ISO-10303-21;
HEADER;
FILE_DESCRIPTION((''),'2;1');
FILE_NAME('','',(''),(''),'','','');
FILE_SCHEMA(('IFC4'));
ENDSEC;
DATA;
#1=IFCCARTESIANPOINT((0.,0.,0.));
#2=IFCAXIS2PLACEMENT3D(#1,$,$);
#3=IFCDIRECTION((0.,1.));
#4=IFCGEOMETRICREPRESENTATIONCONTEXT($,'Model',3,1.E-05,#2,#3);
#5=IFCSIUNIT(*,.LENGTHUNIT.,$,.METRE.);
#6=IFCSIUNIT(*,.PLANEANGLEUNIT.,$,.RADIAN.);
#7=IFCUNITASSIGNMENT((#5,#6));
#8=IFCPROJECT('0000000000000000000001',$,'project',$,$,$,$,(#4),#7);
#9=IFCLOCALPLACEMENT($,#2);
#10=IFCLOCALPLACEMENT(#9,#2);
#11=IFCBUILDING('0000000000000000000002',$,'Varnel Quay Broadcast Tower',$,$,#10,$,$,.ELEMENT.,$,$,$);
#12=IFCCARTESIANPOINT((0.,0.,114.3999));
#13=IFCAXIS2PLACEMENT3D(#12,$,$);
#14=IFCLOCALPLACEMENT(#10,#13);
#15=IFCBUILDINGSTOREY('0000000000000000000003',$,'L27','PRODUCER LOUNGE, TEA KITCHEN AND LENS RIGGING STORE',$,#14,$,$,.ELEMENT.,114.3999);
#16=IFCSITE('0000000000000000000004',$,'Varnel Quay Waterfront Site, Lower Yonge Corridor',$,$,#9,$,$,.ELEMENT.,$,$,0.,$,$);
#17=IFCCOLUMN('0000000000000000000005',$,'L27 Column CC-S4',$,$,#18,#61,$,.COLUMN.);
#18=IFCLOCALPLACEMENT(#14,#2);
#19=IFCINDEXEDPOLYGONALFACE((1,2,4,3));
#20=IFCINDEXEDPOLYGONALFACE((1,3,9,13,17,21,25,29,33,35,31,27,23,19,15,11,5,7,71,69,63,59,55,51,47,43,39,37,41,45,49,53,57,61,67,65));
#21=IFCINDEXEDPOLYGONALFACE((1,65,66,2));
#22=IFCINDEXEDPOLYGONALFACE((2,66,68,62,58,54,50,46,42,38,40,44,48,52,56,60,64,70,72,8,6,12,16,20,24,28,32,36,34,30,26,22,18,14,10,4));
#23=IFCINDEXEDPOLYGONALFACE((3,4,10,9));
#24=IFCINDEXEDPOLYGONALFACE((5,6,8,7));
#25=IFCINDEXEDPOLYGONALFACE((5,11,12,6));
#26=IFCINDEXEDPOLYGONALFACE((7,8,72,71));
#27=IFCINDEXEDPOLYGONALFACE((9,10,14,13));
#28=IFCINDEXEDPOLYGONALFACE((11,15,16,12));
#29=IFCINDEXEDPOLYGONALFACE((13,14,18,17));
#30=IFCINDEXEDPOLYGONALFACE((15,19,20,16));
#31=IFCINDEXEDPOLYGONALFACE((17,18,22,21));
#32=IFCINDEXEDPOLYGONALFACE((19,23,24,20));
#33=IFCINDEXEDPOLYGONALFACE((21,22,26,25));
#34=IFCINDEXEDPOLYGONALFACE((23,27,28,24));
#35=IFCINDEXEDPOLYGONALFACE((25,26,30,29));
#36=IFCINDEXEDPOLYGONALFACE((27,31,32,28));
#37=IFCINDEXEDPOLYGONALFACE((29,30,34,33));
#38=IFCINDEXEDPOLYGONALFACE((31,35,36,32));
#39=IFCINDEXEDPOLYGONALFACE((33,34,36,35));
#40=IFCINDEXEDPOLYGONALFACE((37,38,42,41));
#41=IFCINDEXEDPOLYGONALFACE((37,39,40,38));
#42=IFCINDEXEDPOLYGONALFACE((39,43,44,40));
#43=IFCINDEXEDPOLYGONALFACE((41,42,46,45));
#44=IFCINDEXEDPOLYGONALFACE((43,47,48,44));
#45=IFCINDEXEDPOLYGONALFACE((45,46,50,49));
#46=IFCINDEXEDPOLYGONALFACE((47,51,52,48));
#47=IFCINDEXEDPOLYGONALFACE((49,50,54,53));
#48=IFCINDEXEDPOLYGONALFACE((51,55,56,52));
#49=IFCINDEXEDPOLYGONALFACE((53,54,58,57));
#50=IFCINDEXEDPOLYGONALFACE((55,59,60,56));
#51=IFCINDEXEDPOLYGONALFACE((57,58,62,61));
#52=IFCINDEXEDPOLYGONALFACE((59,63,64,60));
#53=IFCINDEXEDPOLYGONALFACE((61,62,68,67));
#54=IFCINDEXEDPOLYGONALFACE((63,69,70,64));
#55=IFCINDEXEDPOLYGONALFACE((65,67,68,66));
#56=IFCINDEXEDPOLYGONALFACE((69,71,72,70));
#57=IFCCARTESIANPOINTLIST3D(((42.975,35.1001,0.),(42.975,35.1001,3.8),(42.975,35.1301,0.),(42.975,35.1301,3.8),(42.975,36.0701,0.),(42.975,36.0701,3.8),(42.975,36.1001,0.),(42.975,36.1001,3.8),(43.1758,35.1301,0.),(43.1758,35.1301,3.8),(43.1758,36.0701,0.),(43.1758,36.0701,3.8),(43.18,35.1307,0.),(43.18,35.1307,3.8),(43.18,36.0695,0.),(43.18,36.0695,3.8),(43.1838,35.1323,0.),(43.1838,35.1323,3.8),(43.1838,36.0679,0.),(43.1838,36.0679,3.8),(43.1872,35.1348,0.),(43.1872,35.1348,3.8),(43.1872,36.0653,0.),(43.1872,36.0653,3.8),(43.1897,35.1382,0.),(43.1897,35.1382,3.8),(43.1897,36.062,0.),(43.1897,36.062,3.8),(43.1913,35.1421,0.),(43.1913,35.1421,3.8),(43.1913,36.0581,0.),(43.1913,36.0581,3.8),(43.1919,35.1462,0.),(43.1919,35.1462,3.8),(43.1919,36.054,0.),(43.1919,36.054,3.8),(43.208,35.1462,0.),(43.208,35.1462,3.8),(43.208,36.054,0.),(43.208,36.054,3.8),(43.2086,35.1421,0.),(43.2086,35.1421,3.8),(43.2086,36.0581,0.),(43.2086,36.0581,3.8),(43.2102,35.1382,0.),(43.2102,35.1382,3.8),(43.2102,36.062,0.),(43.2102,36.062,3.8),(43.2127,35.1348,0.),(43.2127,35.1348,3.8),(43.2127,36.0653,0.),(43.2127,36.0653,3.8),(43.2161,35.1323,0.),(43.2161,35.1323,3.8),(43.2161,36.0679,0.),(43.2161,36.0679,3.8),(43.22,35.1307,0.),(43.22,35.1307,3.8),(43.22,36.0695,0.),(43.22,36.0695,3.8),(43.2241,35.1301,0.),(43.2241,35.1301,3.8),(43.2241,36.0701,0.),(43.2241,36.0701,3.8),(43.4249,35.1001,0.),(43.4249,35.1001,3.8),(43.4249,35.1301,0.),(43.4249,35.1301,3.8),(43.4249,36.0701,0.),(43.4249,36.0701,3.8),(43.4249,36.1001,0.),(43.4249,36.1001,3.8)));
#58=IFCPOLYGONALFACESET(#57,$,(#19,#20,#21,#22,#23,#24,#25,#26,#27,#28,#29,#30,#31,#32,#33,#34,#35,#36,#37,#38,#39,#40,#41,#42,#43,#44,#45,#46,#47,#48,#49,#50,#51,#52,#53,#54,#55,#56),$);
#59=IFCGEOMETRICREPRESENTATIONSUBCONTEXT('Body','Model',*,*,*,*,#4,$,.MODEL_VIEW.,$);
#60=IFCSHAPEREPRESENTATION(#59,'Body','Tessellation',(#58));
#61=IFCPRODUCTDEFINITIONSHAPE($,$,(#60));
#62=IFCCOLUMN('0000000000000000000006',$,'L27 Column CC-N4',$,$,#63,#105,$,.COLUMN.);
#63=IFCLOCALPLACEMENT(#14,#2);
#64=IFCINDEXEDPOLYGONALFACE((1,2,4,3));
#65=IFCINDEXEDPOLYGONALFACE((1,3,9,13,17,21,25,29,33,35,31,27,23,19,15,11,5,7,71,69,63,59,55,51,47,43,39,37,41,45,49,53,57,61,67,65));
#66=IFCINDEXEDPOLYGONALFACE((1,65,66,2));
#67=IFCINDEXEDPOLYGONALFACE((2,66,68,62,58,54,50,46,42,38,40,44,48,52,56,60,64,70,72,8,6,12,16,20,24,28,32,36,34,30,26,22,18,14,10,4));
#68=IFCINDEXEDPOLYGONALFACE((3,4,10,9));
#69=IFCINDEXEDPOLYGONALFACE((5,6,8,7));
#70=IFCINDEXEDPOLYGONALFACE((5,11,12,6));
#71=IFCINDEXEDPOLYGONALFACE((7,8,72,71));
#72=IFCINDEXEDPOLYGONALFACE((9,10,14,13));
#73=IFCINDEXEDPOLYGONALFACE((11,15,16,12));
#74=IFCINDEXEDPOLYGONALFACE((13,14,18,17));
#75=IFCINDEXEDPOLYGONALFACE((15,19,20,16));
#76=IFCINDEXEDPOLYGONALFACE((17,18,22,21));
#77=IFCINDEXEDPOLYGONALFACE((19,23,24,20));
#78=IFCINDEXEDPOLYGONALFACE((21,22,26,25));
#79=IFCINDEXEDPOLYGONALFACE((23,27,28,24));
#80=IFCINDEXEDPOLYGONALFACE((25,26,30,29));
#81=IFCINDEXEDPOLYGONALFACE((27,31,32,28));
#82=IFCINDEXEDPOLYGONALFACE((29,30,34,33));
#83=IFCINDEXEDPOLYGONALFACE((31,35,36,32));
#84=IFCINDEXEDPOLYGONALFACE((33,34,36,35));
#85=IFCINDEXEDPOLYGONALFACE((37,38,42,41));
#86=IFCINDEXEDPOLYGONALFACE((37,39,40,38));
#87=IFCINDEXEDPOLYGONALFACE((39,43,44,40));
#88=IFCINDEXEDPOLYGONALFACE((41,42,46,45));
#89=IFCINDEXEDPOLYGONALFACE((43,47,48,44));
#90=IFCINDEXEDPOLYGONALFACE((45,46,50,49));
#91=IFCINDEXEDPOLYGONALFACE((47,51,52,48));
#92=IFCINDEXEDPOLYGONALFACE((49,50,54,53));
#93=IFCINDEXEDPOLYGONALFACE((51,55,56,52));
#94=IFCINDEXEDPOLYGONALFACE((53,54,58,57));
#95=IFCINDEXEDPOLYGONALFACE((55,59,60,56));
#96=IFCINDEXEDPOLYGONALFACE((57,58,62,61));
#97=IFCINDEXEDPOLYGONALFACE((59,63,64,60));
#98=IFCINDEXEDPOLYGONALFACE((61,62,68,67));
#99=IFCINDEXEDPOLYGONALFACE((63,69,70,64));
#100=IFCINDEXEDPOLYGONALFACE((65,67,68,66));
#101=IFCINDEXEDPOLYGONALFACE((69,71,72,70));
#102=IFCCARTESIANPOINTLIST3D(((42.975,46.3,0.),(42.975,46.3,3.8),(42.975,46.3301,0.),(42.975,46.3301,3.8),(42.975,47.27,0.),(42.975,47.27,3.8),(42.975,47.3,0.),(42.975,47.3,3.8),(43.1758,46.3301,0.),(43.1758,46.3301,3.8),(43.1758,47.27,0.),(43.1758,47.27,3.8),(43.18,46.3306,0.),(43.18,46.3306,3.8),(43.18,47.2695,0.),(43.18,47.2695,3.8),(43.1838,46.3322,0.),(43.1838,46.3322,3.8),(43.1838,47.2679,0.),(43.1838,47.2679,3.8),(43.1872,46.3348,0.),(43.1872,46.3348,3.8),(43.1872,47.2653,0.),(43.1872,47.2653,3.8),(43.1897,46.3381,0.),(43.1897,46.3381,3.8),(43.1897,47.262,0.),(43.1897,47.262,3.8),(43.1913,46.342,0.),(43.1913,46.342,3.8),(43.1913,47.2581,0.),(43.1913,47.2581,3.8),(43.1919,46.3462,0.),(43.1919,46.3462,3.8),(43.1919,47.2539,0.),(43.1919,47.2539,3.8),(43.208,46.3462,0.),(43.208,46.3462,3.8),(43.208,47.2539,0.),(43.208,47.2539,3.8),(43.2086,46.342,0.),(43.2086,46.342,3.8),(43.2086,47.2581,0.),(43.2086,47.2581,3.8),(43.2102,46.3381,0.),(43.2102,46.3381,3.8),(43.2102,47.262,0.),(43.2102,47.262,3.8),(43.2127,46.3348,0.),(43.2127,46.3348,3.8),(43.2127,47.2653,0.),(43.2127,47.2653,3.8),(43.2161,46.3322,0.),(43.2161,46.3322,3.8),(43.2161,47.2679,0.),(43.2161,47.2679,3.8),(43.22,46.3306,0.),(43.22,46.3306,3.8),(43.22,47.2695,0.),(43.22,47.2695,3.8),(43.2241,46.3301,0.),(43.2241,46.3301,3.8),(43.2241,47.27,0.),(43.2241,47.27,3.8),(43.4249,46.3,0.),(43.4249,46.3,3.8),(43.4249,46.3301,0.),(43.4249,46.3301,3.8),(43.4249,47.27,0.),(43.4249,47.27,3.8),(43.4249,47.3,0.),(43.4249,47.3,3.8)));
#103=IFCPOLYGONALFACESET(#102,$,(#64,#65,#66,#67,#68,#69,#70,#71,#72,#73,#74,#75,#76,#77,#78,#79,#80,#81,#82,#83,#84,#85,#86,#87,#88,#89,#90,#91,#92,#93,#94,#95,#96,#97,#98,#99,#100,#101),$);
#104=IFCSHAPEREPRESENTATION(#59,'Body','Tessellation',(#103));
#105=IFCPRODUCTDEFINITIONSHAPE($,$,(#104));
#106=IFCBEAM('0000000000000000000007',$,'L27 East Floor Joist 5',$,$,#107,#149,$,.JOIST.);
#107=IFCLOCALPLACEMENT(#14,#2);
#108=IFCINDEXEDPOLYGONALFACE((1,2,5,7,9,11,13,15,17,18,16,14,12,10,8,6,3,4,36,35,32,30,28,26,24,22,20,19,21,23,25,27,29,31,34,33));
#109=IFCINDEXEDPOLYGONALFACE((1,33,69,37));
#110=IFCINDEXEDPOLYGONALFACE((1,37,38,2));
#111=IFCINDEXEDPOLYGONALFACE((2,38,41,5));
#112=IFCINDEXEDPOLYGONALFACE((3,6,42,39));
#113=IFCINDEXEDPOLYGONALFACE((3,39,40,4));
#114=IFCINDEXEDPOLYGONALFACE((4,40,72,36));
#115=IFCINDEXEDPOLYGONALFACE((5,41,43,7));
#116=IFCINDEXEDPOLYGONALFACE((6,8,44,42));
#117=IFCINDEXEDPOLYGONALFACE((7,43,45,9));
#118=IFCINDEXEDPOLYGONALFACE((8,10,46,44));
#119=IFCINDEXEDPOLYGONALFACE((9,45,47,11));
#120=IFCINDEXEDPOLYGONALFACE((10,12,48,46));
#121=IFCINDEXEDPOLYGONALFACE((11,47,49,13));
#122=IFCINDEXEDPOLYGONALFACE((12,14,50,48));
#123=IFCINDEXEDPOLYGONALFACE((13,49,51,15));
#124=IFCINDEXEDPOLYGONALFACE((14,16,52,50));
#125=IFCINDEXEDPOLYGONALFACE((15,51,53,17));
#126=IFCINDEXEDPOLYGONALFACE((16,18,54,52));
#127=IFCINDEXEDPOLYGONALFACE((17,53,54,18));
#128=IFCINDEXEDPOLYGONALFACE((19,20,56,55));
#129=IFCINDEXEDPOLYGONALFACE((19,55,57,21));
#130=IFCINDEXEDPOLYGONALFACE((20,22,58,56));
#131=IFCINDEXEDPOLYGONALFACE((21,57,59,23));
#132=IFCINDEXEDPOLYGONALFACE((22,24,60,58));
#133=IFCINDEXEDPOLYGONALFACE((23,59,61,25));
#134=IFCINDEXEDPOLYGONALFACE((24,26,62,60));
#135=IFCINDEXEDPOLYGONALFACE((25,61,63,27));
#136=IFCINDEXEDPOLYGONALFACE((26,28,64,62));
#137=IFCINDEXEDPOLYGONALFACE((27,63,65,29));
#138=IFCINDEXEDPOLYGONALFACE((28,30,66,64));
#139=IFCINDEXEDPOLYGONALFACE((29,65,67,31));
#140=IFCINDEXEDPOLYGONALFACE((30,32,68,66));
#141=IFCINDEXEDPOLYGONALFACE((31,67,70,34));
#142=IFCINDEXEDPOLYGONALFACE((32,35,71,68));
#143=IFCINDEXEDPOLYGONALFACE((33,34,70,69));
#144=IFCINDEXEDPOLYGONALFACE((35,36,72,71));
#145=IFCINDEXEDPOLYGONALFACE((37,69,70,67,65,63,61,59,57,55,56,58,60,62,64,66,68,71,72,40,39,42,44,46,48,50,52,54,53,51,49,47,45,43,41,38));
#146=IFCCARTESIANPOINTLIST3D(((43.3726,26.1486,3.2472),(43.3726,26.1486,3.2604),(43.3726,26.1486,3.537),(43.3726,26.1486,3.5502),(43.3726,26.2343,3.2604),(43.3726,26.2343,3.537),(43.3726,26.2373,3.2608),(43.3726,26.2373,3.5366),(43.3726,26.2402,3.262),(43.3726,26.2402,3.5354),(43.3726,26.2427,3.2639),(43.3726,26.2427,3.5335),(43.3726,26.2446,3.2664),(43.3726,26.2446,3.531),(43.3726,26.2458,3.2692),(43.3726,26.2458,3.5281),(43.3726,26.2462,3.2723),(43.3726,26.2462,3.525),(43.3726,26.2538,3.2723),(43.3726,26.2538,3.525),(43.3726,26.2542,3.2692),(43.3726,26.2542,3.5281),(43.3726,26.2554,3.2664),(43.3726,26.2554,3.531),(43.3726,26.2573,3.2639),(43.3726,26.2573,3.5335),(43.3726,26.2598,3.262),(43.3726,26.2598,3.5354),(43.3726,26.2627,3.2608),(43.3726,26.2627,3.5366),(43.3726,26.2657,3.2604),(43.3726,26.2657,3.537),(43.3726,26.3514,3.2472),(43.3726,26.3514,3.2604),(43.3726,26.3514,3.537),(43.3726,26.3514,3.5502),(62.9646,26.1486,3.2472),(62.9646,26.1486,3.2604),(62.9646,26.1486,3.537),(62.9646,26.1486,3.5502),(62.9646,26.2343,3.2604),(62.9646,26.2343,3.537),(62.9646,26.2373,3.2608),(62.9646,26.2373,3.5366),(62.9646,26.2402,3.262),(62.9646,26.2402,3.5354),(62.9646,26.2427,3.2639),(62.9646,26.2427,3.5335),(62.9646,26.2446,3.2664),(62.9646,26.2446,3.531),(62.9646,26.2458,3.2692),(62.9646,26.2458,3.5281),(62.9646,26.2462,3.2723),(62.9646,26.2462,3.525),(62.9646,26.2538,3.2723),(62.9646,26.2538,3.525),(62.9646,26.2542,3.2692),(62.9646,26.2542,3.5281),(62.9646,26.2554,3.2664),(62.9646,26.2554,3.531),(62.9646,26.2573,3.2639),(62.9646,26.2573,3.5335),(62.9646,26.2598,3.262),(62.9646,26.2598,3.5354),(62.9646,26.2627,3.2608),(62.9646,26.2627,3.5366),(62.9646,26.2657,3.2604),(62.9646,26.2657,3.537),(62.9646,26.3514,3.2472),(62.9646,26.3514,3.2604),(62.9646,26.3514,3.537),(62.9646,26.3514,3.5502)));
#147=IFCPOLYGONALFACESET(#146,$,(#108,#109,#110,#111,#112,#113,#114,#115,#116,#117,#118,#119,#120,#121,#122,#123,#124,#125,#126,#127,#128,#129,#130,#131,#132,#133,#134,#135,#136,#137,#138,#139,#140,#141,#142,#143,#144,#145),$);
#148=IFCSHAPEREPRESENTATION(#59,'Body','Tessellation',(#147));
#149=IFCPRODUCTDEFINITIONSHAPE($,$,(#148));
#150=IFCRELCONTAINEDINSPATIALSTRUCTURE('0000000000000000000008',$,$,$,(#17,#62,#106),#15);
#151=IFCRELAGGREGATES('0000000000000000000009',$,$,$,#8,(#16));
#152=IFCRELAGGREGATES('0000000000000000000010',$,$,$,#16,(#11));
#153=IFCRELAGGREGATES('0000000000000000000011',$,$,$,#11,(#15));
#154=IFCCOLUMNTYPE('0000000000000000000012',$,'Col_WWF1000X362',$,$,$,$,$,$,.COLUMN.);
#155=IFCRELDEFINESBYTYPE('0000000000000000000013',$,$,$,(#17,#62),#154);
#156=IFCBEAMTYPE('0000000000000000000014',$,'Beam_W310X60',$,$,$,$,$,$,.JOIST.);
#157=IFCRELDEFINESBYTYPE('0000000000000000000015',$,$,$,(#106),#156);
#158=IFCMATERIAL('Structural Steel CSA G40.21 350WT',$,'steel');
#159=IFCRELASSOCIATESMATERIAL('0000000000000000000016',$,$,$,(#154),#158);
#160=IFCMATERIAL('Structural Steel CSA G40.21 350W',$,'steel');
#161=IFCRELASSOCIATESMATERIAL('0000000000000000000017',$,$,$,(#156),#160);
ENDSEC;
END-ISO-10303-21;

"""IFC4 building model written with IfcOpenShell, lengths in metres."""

from ifc_helpers import new_model, si_unit, direction, frame, origin, origin_2d, place, context, subcontext, project, spatial, i_section, extrude, source, transform, mapped, material, material_profile, profile_set, type_object, type_shapes, element, save


model = new_model("IFC4")

# Units and contexts
model_context = context("Model", 3, precision=1e-05, world=origin(), true_north=direction((0.0, 1.0)))
body_context = subcontext(model_context, "Body", "Model", "MODEL_VIEW")
ifc_project = project(units=[si_unit("LENGTHUNIT", "METRE"), si_unit("PLANEANGLEUNIT", "RADIAN")], contexts=[model_context])

# Site, building, storey
site_placement = place(None, origin())
site = spatial("IfcSite", under=ifc_project, at=site_placement, Name="Varnel Quay Waterfront Site, Lower Yonge Corridor", CompositionType="ELEMENT", RefElevation=0.0)
building_placement = place(site_placement, origin())
building = spatial("IfcBuilding", under=site, at=building_placement, Name="Varnel Quay Broadcast Tower", CompositionType="ELEMENT")
storey_placement = place(building_placement, frame((0.0, 0.0, 114.3999)))
storey = spatial("IfcBuildingStorey", under=building, at=storey_placement, Name="L27", Description="PRODUCER LOUNGE, TEA KITCHEN AND LENS RIGGING STORE", CompositionType="ELEMENT", Elevation=114.3999)

# Columns
ifc_material_1 = material(Name="Structural Steel CSA G40.21 350WT", Category="steel")
ifc_material_profile_1 = material_profile(ifc_material_1, i_section(OverallWidth=0.45, OverallDepth=1.0, WebThickness=0.0161, FlangeThickness=0.03, FilletRadius=0.0161, at=origin_2d()), Name="WWF1000X362")
ifc_profile_set_1 = profile_set([ifc_material_profile_1], Name="Structural Steel CSA G40.21 350WT")
column_type = type_object("IfcColumnType", Name="Col_WWF1000X362", PredefinedType="COLUMN", material=ifc_profile_set_1)
shared_shape_1 = source(origin(), body_context, "Body", "SweptSolid", [
    extrude(i_section(OverallWidth=0.45, OverallDepth=1.0, WebThickness=0.0161, FlangeThickness=0.03, FilletRadius=0.0161, at=origin_2d()), origin(), (0.0, 0.0, 1.0), 3.8),
])
type_shapes(column_type, [shared_shape_1])
for number, where, z_axis, x_axis, name in (
    (1, (43.2, 35.6001, 0.0), (0.0, 0.0, 1.0), (1.0, 0.0, 0.0), "L27 Column CC-S4"),
    (2, (43.2, 46.8, 0.0), (0.0, 0.0, 1.0), (1.0, 0.0, 0.0), "L27 Column CC-N4"),
):
    element("IfcColumn", number, at=place(storey_placement, frame(where, z_axis=z_axis, x_axis=x_axis)), inside=storey, type_object=column_type, Name=name, PredefinedType="COLUMN", context=body_context, shape_type="MappedRepresentation", body=[
        mapped(shared_shape_1, transform((0.0, 0.0, 0.0), x_axis=(1.0, 0.0, 0.0), y_axis=(0.0, 1.0, 0.0), z_axis=(0.0, 0.0, 1.0), scale=1.0)),
    ])

# Beam
ifc_material_2 = material(Name="Structural Steel CSA G40.21 350W", Category="steel")
ifc_material_profile_2 = material_profile(ifc_material_2, i_section(OverallWidth=0.2029, OverallDepth=0.303, WebThickness=0.0076, FlangeThickness=0.0132, FilletRadius=0.012, at=origin_2d()), Name="W310X60")
ifc_profile_set_2 = profile_set([ifc_material_profile_2], Name="Structural Steel CSA G40.21 350W")
beam_type_1 = type_object("IfcBeamType", Name="Beam_W310X60", PredefinedType="JOIST", material=ifc_profile_set_2)
shared_shape_2 = source(origin(), body_context, "Body", "SweptSolid", [
    extrude(i_section(OverallWidth=0.2029, OverallDepth=0.303, WebThickness=0.0076, FlangeThickness=0.0132, FilletRadius=0.012, at=origin_2d()), origin(), (0.0, 0.0, 1.0), 19.592),
])
type_shapes(beam_type_1, [shared_shape_2])
beam_1_placement = place(storey_placement, frame((43.3726, 26.25, 3.3987), z_axis=(1.0, 0.0, 0.0), x_axis=(0.0, 1.0, 0.0)))
element("IfcBeam", 3, at=beam_1_placement, inside=storey, type_object=beam_type_1, Name="L27 East Floor Joist 5", PredefinedType="JOIST", context=body_context, shape_type="MappedRepresentation", body=[
    mapped(shared_shape_2, transform((0.0, 0.0, 0.0), x_axis=(1.0, 0.0, 0.0), y_axis=(0.0, 1.0, 0.0), z_axis=(0.0, 0.0, 1.0), scale=1.0)),
])

save(model, "model.ifc")
